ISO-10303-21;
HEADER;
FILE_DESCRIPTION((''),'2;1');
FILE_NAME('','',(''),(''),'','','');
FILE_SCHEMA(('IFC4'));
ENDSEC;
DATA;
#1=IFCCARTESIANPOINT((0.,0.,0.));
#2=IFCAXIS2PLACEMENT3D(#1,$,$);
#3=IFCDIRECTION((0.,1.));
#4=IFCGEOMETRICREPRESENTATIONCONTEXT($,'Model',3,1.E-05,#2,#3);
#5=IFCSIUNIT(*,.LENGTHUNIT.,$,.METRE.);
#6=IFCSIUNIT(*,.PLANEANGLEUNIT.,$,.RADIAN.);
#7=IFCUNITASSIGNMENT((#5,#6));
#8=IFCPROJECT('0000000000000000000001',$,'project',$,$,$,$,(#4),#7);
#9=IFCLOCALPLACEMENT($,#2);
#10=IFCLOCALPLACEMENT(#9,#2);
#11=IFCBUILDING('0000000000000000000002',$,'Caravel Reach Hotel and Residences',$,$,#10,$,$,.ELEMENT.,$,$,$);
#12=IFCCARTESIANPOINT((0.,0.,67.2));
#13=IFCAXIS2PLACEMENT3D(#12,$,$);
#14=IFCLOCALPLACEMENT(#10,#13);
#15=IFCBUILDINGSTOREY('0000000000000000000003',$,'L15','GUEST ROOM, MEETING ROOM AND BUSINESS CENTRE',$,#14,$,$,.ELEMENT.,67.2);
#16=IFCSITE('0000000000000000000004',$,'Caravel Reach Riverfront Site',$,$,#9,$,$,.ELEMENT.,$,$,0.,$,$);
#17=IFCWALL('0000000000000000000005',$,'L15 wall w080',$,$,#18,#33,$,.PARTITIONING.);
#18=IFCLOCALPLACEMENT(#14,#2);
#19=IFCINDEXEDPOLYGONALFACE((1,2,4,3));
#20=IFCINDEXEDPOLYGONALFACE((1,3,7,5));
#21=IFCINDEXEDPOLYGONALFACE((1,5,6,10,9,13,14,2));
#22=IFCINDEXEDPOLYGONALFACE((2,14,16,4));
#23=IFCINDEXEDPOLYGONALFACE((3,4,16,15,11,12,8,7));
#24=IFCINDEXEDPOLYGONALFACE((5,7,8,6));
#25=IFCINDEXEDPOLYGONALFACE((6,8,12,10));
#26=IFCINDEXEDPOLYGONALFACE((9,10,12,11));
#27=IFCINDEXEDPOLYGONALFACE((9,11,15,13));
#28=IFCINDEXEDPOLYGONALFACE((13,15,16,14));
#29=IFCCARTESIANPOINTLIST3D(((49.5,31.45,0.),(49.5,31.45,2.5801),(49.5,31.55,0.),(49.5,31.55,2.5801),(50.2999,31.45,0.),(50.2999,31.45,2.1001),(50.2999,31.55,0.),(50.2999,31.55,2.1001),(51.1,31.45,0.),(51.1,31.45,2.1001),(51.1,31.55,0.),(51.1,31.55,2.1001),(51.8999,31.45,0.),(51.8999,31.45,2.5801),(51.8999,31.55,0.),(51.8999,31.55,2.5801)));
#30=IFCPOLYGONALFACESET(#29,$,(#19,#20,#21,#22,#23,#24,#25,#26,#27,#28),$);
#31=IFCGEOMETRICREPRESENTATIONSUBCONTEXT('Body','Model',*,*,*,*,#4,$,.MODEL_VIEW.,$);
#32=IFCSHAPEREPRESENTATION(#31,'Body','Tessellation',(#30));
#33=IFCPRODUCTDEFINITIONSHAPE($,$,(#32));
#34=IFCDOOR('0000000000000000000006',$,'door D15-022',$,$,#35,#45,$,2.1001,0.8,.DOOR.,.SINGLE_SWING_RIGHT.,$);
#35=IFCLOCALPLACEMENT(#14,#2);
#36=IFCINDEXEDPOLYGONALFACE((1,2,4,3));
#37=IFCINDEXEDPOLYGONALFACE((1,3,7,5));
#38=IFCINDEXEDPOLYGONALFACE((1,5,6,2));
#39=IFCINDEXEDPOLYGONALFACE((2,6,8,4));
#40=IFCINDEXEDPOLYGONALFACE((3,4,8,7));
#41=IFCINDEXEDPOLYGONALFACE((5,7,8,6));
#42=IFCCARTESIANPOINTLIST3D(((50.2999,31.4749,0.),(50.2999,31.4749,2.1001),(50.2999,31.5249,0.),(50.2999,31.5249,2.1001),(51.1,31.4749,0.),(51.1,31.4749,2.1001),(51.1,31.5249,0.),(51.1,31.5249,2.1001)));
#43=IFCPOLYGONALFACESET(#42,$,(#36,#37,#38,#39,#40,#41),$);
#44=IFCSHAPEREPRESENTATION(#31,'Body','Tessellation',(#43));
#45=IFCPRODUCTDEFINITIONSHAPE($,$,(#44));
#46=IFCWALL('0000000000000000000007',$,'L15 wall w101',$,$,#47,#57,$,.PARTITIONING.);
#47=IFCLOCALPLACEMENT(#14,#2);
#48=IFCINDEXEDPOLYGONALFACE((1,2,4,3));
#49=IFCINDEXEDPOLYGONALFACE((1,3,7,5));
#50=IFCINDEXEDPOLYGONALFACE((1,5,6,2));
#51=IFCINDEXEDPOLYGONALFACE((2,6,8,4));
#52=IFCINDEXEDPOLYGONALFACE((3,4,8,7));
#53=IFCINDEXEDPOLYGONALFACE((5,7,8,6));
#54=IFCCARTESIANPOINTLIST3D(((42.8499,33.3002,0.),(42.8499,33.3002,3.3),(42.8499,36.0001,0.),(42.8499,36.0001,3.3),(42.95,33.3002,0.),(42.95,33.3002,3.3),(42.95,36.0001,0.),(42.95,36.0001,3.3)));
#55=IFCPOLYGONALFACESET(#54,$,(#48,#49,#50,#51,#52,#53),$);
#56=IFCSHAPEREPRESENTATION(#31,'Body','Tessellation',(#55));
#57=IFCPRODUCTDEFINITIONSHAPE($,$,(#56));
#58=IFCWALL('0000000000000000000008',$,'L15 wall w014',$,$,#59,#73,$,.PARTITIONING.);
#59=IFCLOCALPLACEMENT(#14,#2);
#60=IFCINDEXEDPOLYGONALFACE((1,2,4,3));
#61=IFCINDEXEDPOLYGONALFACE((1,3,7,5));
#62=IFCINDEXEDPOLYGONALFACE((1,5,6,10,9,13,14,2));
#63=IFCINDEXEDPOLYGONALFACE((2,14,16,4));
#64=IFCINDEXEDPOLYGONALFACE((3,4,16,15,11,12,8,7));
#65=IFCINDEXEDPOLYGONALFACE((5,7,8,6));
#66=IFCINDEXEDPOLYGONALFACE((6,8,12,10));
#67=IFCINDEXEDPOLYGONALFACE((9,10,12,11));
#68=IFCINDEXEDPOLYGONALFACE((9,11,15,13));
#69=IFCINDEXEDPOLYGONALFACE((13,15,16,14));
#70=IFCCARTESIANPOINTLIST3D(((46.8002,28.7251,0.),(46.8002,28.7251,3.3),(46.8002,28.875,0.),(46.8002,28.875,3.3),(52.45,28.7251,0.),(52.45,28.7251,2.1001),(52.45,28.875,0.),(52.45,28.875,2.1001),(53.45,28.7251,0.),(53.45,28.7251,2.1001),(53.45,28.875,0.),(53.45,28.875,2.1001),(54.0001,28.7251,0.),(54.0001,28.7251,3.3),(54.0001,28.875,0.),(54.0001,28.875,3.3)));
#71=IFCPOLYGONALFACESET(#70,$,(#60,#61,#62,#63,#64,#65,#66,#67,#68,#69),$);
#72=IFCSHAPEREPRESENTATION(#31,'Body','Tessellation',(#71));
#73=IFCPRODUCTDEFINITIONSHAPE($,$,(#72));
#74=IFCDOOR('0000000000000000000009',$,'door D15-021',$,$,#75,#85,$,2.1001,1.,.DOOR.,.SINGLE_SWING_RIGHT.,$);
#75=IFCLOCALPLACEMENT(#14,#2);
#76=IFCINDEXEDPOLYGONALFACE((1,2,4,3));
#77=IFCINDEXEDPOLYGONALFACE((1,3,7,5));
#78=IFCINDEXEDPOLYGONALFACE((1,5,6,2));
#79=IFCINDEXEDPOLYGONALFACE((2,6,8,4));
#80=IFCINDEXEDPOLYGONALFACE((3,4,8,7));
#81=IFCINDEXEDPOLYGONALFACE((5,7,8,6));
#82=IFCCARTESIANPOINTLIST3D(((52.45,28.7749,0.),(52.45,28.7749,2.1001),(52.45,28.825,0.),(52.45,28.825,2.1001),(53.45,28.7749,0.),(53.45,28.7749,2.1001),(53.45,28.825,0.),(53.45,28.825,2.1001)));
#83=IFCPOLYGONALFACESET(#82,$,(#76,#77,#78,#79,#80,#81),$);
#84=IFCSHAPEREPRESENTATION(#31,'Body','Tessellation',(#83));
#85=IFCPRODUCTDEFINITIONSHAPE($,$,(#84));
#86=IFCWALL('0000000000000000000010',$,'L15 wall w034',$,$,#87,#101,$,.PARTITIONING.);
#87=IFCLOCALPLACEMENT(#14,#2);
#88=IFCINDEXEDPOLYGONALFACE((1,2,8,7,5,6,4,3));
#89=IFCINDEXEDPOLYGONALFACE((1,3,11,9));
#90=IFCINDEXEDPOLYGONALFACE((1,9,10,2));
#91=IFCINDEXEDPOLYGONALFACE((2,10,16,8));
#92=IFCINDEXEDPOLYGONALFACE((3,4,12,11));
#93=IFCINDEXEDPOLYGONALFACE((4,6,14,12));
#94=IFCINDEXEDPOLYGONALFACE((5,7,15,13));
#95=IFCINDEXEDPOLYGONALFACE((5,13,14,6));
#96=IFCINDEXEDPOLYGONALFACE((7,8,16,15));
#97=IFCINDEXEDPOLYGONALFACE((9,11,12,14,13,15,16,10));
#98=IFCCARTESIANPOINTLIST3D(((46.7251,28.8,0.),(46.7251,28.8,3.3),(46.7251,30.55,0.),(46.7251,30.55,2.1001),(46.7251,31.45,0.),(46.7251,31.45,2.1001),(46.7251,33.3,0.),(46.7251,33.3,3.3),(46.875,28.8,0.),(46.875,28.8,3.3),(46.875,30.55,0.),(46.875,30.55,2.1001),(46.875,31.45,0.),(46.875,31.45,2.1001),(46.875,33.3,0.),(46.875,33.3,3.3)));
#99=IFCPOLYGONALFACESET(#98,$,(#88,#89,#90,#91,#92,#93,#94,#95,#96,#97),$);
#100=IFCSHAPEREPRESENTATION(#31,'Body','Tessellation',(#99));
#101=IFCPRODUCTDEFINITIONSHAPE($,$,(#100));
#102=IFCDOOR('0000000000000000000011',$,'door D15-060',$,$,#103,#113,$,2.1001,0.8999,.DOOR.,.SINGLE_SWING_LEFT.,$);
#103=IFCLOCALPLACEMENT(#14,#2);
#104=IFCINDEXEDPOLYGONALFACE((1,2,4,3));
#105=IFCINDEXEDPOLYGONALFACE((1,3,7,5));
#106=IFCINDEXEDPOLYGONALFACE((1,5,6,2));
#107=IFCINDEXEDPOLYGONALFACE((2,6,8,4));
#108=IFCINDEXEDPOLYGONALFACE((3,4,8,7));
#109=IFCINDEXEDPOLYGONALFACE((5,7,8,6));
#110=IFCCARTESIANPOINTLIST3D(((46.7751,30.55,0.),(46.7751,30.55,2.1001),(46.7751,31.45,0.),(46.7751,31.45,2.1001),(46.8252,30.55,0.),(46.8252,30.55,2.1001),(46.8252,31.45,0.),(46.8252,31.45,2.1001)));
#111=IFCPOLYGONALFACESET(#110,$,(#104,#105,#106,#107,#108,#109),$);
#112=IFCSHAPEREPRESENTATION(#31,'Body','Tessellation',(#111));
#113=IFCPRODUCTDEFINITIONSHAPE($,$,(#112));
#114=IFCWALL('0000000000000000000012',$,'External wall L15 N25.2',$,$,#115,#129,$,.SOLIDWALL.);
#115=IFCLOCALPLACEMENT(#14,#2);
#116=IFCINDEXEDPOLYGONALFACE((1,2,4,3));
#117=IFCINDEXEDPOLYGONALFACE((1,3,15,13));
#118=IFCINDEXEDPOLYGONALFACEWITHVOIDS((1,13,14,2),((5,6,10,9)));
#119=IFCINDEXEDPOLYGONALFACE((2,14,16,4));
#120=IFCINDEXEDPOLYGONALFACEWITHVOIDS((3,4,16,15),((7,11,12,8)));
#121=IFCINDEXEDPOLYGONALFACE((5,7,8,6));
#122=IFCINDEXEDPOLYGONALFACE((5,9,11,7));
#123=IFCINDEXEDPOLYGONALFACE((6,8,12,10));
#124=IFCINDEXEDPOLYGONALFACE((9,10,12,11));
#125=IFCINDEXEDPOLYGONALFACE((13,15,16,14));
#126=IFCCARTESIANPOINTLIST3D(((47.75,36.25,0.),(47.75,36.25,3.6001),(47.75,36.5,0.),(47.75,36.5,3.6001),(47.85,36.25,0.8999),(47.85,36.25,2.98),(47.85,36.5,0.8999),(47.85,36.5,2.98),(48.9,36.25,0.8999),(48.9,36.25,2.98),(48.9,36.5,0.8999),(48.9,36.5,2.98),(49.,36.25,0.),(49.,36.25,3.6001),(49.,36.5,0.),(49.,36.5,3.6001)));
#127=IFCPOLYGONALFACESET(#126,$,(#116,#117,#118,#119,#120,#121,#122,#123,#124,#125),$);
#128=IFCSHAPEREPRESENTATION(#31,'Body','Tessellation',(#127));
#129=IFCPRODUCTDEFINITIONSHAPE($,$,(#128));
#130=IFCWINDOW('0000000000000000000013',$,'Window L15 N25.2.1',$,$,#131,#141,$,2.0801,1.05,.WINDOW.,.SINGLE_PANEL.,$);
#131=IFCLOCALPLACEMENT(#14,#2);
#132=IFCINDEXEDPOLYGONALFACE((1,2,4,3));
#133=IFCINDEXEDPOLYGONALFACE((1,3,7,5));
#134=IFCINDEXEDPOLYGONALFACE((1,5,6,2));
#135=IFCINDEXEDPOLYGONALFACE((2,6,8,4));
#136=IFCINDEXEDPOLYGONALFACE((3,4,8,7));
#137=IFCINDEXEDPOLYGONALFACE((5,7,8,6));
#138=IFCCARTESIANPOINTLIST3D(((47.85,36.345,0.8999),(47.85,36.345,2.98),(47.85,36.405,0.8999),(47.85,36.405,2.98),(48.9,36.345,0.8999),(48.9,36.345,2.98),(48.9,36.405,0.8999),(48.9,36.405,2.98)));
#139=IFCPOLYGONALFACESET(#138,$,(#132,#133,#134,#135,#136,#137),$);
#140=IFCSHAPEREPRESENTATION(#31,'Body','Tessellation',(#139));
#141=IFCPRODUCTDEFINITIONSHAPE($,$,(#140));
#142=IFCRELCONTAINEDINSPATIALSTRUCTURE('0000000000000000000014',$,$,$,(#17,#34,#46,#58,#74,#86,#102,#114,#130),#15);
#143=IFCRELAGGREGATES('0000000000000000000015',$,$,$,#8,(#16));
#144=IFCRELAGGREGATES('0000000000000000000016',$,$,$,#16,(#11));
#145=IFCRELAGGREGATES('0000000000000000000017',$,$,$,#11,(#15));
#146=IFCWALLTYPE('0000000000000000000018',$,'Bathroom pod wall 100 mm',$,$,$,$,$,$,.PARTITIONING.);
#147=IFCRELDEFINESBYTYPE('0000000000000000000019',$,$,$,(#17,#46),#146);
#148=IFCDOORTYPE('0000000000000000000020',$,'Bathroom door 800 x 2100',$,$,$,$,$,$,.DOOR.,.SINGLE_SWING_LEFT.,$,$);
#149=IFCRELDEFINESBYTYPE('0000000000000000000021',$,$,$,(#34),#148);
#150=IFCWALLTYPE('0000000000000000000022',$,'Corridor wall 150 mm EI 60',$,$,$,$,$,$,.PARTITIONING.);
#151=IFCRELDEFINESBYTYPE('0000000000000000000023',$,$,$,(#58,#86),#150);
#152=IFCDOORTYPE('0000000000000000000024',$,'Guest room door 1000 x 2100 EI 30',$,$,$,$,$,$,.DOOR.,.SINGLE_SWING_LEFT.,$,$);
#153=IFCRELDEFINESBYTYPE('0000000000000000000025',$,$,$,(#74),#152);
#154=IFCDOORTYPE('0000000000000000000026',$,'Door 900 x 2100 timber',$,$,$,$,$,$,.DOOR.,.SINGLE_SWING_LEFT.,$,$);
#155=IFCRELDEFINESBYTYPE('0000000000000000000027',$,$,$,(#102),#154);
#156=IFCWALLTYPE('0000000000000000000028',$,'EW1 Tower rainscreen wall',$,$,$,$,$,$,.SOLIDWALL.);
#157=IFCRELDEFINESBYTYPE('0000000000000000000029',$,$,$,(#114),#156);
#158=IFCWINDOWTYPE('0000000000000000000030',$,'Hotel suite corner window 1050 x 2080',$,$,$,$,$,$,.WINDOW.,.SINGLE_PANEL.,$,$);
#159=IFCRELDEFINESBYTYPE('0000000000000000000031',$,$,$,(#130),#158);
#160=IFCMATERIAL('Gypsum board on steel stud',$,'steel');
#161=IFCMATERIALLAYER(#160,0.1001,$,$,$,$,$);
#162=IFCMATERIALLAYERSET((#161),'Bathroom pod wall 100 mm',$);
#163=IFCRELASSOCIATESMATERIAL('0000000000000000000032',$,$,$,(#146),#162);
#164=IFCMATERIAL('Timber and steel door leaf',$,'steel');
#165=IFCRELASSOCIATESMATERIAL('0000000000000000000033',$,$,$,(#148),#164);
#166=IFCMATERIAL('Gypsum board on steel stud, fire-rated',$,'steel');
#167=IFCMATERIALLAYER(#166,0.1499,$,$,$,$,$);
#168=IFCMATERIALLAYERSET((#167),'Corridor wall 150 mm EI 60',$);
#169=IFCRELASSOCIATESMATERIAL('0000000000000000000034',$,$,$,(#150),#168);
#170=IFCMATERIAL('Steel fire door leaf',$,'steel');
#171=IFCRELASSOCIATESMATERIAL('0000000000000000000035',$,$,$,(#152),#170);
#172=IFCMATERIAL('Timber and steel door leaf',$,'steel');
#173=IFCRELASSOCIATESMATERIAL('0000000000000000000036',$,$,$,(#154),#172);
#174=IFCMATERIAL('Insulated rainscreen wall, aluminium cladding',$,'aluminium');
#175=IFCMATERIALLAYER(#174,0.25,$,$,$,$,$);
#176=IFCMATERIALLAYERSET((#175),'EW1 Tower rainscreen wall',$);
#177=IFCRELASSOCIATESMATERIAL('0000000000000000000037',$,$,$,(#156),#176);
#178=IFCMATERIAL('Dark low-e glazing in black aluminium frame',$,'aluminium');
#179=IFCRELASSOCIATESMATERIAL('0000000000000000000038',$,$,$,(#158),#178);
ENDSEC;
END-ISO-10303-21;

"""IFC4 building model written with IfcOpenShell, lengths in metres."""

from ifc_helpers import new_model, si_unit, direction, frame, frame_2d, origin, place, context, subcontext, project, spatial, rectangle, extrude, material, layer, layer_set, type_object, element, fill, save


model = new_model("IFC4")

# Units and contexts
model_context = context("Model", 3, precision=1e-05, world=origin(), true_north=direction((0.0, 1.0)))
body_context = subcontext(model_context, "Body", "Model", "MODEL_VIEW")
ifc_project = project(units=[si_unit("LENGTHUNIT", "METRE"), si_unit("PLANEANGLEUNIT", "RADIAN")], contexts=[model_context])

# Site, building, storey
site_placement = place(None, origin())
site = spatial("IfcSite", under=ifc_project, at=site_placement, Name="Caravel Reach Riverfront Site", CompositionType="ELEMENT", RefElevation=0.0)
building_placement = place(site_placement, origin())
building = spatial("IfcBuilding", under=site, at=building_placement, Name="Caravel Reach Hotel and Residences", CompositionType="ELEMENT")
storey_placement = place(building_placement, frame((0.0, 0.0, 67.2)))
storey = spatial("IfcBuildingStorey", under=building, at=storey_placement, Name="L15", Description="GUEST ROOM, MEETING ROOM AND BUSINESS CENTRE", CompositionType="ELEMENT", Elevation=67.2)

# Wall, opening, door
ifc_material_1 = material(Name="Gypsum board on steel stud", Category="steel")
ifc_layer_1 = layer(ifc_material_1, 0.1001)
ifc_layer_set_1 = layer_set([ifc_layer_1], Name="Bathroom pod wall 100 mm")
wall_type_1 = type_object("IfcWallType", Name="Bathroom pod wall 100 mm", PredefinedType="PARTITIONING", material=ifc_layer_set_1)
wall_1_placement = place(storey_placement, frame((49.5, 31.5, 0.0), z_axis=(0.0, 0.0, 1.0), x_axis=(1.0, 0.0, 0.0)))
wall_1 = element("IfcWall", 1, at=wall_1_placement, inside=storey, type_object=wall_type_1, Name="L15 wall w080", PredefinedType="PARTITIONING", context=body_context, shape_type="SweptSolid", body=[
    extrude(rectangle(XDim=2.3999, YDim=0.1001, at=frame_2d((1.2, 0.0))), origin(), (0.0, 0.0, 1.0), 2.5801),
])
opening_1_placement = place(wall_1_placement, frame((0.8, 0.0, 0.0)))
opening_1 = element("IfcOpeningElement", 2, at=opening_1_placement, cuts=wall_1, PredefinedType="OPENING", context=body_context, shape_type="SweptSolid", body=[
    extrude(rectangle(XDim=0.8, YDim=2.1001, at=frame_2d((0.3999, 1.05))), frame((0.0, 0.0601, 0.0), z_axis=(0.0, -1.0, 0.0), x_axis=(1.0, 0.0, 0.0)), (0.0, 0.0, 1.0), 0.1201),
])
ifc_material_2 = material(Name="Timber and steel door leaf", Category="steel")
door_type_1 = type_object("IfcDoorType", Name="Bathroom door 800 x 2100", OperationType="SINGLE_SWING_LEFT", PredefinedType="DOOR", material=ifc_material_2)
door_1_placement = place(opening_1_placement, origin())
door_1 = element("IfcDoor", 3, at=door_1_placement, inside=storey, type_object=door_type_1, Name="door D15-022", OperationType="SINGLE_SWING_RIGHT", OverallHeight=2.1001, OverallWidth=0.8, PredefinedType="DOOR", context=body_context, shape_type="SweptSolid", body=[
    extrude(rectangle(XDim=0.8, YDim=2.1001, at=frame_2d((0.3999, 1.05))), frame((0.0, 0.0249, 0.0), z_axis=(0.0, -1.0, 0.0), x_axis=(1.0, 0.0, 0.0)), (0.0, 0.0, 1.0), 0.05),
])
fill(opening_1, door_1)

# Wall
wall_2_placement = place(storey_placement, frame((42.8999, 33.3, 0.0), z_axis=(0.0, 0.0, 1.0), x_axis=(0.0, 1.0, 0.0)))
element("IfcWall", 4, at=wall_2_placement, inside=storey, type_object=wall_type_1, Name="L15 wall w101", PredefinedType="PARTITIONING", context=body_context, shape_type="SweptSolid", body=[
    extrude(rectangle(XDim=2.7, YDim=0.1001, at=frame_2d((1.3501, 0.0))), origin(), (0.0, 0.0, 1.0), 3.3),
])

# Walls, openings, doors
ifc_material_3 = material(Name="Gypsum board on steel stud, fire-rated", Category="steel")
ifc_layer_2 = layer(ifc_material_3, 0.1499)
ifc_layer_set_2 = layer_set([ifc_layer_2], Name="Corridor wall 150 mm EI 60")
wall_type_2 = type_object("IfcWallType", Name="Corridor wall 150 mm EI 60", PredefinedType="PARTITIONING", material=ifc_layer_set_2)
wall_3_placement = place(storey_placement, frame((46.8, 28.8, 0.0), z_axis=(0.0, 0.0, 1.0), x_axis=(1.0, 0.0, 0.0)))
wall_3 = element("IfcWall", 5, at=wall_3_placement, inside=storey, type_object=wall_type_2, Name="L15 wall w014", PredefinedType="PARTITIONING", context=body_context, shape_type="SweptSolid", body=[
    extrude(rectangle(XDim=7.2, YDim=0.1499, at=frame_2d((3.6001, 0.0))), origin(), (0.0, 0.0, 1.0), 3.3),
])
opening_2_placement = place(wall_3_placement, frame((5.6499, 0.0, 0.0)))
opening_2 = element("IfcOpeningElement", 6, at=opening_2_placement, cuts=wall_3, PredefinedType="OPENING", context=body_context, shape_type="SweptSolid", body=[
    extrude(rectangle(XDim=1.0, YDim=2.1001, at=frame_2d((0.5, 1.05))), frame((0.0, 0.085, 0.0), z_axis=(0.0, -1.0, 0.0), x_axis=(1.0, 0.0, 0.0)), (0.0, 0.0, 1.0), 0.1699),
])
ifc_material_4 = material(Name="Steel fire door leaf", Category="steel")
door_type_2 = type_object("IfcDoorType", Name="Guest room door 1000 x 2100 EI 30", OperationType="SINGLE_SWING_LEFT", PredefinedType="DOOR", material=ifc_material_4)
door_2_placement = place(opening_2_placement, origin())
door_2 = element("IfcDoor", 7, at=door_2_placement, inside=storey, type_object=door_type_2, Name="door D15-021", OperationType="SINGLE_SWING_RIGHT", OverallHeight=2.1001, OverallWidth=1.0, PredefinedType="DOOR", context=body_context, shape_type="SweptSolid", body=[
    extrude(rectangle(XDim=1.0, YDim=2.1001, at=frame_2d((0.5, 1.05))), frame((0.0, 0.0249, 0.0), z_axis=(0.0, -1.0, 0.0), x_axis=(1.0, 0.0, 0.0)), (0.0, 0.0, 1.0), 0.05),
])
fill(opening_2, door_2)
wall_4_placement = place(storey_placement, frame((46.8, 28.8, 0.0), z_axis=(0.0, 0.0, 1.0), x_axis=(0.0, 1.0, 0.0)))
wall_4 = element("IfcWall", 8, at=wall_4_placement, inside=storey, type_object=wall_type_2, Name="L15 wall w034", PredefinedType="PARTITIONING", context=body_context, shape_type="SweptSolid", body=[
    extrude(rectangle(XDim=4.5, YDim=0.1499, at=frame_2d((2.25, 0.0))), origin(), (0.0, 0.0, 1.0), 3.3),
])
opening_3_placement = place(wall_4_placement, frame((1.75, 0.0, 0.0)))
opening_3 = element("IfcOpeningElement", 9, at=opening_3_placement, cuts=wall_4, PredefinedType="OPENING", context=body_context, shape_type="SweptSolid", body=[
    extrude(rectangle(XDim=0.8999, YDim=2.1001, at=frame_2d((0.45, 1.05))), frame((0.0, 0.085, 0.0), z_axis=(0.0, -1.0, 0.0), x_axis=(1.0, 0.0, 0.0)), (0.0, 0.0, 1.0), 0.1699),
])
ifc_material_5 = material(Name="Timber and steel door leaf", Category="steel")
door_type_3 = type_object("IfcDoorType", Name="Door 900 x 2100 timber", OperationType="SINGLE_SWING_LEFT", PredefinedType="DOOR", material=ifc_material_5)
door_3_placement = place(opening_3_placement, origin())
door_3 = element("IfcDoor", 10, at=door_3_placement, inside=storey, type_object=door_type_3, Name="door D15-060", OperationType="SINGLE_SWING_LEFT", OverallHeight=2.1001, OverallWidth=0.8999, PredefinedType="DOOR", context=body_context, shape_type="SweptSolid", body=[
    extrude(rectangle(XDim=0.8999, YDim=2.1001, at=frame_2d((0.45, 1.05))), frame((0.0, 0.0249, 0.0), z_axis=(0.0, -1.0, 0.0), x_axis=(1.0, 0.0, 0.0)), (0.0, 0.0, 1.0), 0.05),
])
fill(opening_3, door_3)

# Wall, opening, window
ifc_material_6 = material(Name="Insulated rainscreen wall, aluminium cladding", Category="aluminium")
ifc_layer_3 = layer(ifc_material_6, 0.25)
ifc_layer_set_3 = layer_set([ifc_layer_3], Name="EW1 Tower rainscreen wall")
wall_type_3 = type_object("IfcWallType", Name="EW1 Tower rainscreen wall", PredefinedType="SOLIDWALL", material=ifc_layer_set_3)
wall_5_placement = place(storey_placement, frame((49.0, 36.375, 0.0), z_axis=(0.0, 0.0, 1.0), x_axis=(-1.0, 0.0, 0.0)))
wall_5 = element("IfcWall", 11, at=wall_5_placement, inside=storey, type_object=wall_type_3, Name="External wall L15 N25.2", PredefinedType="SOLIDWALL", context=body_context, shape_type="SweptSolid", body=[
    extrude(rectangle(XDim=1.25, YDim=0.25, at=frame_2d((0.625, 0.0))), origin(), (0.0, 0.0, 1.0), 3.6001),
])
opening_4_placement = place(wall_5_placement, frame((0.1001, 0.0, 0.8999)))
opening_4 = element("IfcOpeningElement", 12, at=opening_4_placement, cuts=wall_5, PredefinedType="OPENING", context=body_context, shape_type="SweptSolid", body=[
    extrude(rectangle(XDim=1.05, YDim=2.0801, at=frame_2d((0.5249, 1.04))), frame((0.0, 0.135, 0.0), z_axis=(0.0, -1.0, 0.0), x_axis=(1.0, 0.0, 0.0)), (0.0, 0.0, 1.0), 0.27),
])
ifc_material_7 = material(Name="Dark low-e glazing in black aluminium frame", Category="aluminium")
window_type_1 = type_object("IfcWindowType", Name="Hotel suite corner window 1050 x 2080", PartitioningType="SINGLE_PANEL", PredefinedType="WINDOW", material=ifc_material_7)
window_1_placement = place(opening_4_placement, origin())
window_1 = element("IfcWindow", 13, at=window_1_placement, inside=storey, type_object=window_type_1, Name="Window L15 N25.2.1", OverallHeight=2.0801, OverallWidth=1.05, PartitioningType="SINGLE_PANEL", PredefinedType="WINDOW", context=body_context, shape_type="SweptSolid", body=[
    extrude(rectangle(XDim=1.05, YDim=2.0801, at=frame_2d((0.5249, 1.04))), frame((0.0, 0.03, 0.0), z_axis=(0.0, -1.0, 0.0), x_axis=(1.0, 0.0, 0.0)), (0.0, 0.0, 1.0), 0.0601),
])
fill(opening_4, window_1)

save(model, "model.ifc")
